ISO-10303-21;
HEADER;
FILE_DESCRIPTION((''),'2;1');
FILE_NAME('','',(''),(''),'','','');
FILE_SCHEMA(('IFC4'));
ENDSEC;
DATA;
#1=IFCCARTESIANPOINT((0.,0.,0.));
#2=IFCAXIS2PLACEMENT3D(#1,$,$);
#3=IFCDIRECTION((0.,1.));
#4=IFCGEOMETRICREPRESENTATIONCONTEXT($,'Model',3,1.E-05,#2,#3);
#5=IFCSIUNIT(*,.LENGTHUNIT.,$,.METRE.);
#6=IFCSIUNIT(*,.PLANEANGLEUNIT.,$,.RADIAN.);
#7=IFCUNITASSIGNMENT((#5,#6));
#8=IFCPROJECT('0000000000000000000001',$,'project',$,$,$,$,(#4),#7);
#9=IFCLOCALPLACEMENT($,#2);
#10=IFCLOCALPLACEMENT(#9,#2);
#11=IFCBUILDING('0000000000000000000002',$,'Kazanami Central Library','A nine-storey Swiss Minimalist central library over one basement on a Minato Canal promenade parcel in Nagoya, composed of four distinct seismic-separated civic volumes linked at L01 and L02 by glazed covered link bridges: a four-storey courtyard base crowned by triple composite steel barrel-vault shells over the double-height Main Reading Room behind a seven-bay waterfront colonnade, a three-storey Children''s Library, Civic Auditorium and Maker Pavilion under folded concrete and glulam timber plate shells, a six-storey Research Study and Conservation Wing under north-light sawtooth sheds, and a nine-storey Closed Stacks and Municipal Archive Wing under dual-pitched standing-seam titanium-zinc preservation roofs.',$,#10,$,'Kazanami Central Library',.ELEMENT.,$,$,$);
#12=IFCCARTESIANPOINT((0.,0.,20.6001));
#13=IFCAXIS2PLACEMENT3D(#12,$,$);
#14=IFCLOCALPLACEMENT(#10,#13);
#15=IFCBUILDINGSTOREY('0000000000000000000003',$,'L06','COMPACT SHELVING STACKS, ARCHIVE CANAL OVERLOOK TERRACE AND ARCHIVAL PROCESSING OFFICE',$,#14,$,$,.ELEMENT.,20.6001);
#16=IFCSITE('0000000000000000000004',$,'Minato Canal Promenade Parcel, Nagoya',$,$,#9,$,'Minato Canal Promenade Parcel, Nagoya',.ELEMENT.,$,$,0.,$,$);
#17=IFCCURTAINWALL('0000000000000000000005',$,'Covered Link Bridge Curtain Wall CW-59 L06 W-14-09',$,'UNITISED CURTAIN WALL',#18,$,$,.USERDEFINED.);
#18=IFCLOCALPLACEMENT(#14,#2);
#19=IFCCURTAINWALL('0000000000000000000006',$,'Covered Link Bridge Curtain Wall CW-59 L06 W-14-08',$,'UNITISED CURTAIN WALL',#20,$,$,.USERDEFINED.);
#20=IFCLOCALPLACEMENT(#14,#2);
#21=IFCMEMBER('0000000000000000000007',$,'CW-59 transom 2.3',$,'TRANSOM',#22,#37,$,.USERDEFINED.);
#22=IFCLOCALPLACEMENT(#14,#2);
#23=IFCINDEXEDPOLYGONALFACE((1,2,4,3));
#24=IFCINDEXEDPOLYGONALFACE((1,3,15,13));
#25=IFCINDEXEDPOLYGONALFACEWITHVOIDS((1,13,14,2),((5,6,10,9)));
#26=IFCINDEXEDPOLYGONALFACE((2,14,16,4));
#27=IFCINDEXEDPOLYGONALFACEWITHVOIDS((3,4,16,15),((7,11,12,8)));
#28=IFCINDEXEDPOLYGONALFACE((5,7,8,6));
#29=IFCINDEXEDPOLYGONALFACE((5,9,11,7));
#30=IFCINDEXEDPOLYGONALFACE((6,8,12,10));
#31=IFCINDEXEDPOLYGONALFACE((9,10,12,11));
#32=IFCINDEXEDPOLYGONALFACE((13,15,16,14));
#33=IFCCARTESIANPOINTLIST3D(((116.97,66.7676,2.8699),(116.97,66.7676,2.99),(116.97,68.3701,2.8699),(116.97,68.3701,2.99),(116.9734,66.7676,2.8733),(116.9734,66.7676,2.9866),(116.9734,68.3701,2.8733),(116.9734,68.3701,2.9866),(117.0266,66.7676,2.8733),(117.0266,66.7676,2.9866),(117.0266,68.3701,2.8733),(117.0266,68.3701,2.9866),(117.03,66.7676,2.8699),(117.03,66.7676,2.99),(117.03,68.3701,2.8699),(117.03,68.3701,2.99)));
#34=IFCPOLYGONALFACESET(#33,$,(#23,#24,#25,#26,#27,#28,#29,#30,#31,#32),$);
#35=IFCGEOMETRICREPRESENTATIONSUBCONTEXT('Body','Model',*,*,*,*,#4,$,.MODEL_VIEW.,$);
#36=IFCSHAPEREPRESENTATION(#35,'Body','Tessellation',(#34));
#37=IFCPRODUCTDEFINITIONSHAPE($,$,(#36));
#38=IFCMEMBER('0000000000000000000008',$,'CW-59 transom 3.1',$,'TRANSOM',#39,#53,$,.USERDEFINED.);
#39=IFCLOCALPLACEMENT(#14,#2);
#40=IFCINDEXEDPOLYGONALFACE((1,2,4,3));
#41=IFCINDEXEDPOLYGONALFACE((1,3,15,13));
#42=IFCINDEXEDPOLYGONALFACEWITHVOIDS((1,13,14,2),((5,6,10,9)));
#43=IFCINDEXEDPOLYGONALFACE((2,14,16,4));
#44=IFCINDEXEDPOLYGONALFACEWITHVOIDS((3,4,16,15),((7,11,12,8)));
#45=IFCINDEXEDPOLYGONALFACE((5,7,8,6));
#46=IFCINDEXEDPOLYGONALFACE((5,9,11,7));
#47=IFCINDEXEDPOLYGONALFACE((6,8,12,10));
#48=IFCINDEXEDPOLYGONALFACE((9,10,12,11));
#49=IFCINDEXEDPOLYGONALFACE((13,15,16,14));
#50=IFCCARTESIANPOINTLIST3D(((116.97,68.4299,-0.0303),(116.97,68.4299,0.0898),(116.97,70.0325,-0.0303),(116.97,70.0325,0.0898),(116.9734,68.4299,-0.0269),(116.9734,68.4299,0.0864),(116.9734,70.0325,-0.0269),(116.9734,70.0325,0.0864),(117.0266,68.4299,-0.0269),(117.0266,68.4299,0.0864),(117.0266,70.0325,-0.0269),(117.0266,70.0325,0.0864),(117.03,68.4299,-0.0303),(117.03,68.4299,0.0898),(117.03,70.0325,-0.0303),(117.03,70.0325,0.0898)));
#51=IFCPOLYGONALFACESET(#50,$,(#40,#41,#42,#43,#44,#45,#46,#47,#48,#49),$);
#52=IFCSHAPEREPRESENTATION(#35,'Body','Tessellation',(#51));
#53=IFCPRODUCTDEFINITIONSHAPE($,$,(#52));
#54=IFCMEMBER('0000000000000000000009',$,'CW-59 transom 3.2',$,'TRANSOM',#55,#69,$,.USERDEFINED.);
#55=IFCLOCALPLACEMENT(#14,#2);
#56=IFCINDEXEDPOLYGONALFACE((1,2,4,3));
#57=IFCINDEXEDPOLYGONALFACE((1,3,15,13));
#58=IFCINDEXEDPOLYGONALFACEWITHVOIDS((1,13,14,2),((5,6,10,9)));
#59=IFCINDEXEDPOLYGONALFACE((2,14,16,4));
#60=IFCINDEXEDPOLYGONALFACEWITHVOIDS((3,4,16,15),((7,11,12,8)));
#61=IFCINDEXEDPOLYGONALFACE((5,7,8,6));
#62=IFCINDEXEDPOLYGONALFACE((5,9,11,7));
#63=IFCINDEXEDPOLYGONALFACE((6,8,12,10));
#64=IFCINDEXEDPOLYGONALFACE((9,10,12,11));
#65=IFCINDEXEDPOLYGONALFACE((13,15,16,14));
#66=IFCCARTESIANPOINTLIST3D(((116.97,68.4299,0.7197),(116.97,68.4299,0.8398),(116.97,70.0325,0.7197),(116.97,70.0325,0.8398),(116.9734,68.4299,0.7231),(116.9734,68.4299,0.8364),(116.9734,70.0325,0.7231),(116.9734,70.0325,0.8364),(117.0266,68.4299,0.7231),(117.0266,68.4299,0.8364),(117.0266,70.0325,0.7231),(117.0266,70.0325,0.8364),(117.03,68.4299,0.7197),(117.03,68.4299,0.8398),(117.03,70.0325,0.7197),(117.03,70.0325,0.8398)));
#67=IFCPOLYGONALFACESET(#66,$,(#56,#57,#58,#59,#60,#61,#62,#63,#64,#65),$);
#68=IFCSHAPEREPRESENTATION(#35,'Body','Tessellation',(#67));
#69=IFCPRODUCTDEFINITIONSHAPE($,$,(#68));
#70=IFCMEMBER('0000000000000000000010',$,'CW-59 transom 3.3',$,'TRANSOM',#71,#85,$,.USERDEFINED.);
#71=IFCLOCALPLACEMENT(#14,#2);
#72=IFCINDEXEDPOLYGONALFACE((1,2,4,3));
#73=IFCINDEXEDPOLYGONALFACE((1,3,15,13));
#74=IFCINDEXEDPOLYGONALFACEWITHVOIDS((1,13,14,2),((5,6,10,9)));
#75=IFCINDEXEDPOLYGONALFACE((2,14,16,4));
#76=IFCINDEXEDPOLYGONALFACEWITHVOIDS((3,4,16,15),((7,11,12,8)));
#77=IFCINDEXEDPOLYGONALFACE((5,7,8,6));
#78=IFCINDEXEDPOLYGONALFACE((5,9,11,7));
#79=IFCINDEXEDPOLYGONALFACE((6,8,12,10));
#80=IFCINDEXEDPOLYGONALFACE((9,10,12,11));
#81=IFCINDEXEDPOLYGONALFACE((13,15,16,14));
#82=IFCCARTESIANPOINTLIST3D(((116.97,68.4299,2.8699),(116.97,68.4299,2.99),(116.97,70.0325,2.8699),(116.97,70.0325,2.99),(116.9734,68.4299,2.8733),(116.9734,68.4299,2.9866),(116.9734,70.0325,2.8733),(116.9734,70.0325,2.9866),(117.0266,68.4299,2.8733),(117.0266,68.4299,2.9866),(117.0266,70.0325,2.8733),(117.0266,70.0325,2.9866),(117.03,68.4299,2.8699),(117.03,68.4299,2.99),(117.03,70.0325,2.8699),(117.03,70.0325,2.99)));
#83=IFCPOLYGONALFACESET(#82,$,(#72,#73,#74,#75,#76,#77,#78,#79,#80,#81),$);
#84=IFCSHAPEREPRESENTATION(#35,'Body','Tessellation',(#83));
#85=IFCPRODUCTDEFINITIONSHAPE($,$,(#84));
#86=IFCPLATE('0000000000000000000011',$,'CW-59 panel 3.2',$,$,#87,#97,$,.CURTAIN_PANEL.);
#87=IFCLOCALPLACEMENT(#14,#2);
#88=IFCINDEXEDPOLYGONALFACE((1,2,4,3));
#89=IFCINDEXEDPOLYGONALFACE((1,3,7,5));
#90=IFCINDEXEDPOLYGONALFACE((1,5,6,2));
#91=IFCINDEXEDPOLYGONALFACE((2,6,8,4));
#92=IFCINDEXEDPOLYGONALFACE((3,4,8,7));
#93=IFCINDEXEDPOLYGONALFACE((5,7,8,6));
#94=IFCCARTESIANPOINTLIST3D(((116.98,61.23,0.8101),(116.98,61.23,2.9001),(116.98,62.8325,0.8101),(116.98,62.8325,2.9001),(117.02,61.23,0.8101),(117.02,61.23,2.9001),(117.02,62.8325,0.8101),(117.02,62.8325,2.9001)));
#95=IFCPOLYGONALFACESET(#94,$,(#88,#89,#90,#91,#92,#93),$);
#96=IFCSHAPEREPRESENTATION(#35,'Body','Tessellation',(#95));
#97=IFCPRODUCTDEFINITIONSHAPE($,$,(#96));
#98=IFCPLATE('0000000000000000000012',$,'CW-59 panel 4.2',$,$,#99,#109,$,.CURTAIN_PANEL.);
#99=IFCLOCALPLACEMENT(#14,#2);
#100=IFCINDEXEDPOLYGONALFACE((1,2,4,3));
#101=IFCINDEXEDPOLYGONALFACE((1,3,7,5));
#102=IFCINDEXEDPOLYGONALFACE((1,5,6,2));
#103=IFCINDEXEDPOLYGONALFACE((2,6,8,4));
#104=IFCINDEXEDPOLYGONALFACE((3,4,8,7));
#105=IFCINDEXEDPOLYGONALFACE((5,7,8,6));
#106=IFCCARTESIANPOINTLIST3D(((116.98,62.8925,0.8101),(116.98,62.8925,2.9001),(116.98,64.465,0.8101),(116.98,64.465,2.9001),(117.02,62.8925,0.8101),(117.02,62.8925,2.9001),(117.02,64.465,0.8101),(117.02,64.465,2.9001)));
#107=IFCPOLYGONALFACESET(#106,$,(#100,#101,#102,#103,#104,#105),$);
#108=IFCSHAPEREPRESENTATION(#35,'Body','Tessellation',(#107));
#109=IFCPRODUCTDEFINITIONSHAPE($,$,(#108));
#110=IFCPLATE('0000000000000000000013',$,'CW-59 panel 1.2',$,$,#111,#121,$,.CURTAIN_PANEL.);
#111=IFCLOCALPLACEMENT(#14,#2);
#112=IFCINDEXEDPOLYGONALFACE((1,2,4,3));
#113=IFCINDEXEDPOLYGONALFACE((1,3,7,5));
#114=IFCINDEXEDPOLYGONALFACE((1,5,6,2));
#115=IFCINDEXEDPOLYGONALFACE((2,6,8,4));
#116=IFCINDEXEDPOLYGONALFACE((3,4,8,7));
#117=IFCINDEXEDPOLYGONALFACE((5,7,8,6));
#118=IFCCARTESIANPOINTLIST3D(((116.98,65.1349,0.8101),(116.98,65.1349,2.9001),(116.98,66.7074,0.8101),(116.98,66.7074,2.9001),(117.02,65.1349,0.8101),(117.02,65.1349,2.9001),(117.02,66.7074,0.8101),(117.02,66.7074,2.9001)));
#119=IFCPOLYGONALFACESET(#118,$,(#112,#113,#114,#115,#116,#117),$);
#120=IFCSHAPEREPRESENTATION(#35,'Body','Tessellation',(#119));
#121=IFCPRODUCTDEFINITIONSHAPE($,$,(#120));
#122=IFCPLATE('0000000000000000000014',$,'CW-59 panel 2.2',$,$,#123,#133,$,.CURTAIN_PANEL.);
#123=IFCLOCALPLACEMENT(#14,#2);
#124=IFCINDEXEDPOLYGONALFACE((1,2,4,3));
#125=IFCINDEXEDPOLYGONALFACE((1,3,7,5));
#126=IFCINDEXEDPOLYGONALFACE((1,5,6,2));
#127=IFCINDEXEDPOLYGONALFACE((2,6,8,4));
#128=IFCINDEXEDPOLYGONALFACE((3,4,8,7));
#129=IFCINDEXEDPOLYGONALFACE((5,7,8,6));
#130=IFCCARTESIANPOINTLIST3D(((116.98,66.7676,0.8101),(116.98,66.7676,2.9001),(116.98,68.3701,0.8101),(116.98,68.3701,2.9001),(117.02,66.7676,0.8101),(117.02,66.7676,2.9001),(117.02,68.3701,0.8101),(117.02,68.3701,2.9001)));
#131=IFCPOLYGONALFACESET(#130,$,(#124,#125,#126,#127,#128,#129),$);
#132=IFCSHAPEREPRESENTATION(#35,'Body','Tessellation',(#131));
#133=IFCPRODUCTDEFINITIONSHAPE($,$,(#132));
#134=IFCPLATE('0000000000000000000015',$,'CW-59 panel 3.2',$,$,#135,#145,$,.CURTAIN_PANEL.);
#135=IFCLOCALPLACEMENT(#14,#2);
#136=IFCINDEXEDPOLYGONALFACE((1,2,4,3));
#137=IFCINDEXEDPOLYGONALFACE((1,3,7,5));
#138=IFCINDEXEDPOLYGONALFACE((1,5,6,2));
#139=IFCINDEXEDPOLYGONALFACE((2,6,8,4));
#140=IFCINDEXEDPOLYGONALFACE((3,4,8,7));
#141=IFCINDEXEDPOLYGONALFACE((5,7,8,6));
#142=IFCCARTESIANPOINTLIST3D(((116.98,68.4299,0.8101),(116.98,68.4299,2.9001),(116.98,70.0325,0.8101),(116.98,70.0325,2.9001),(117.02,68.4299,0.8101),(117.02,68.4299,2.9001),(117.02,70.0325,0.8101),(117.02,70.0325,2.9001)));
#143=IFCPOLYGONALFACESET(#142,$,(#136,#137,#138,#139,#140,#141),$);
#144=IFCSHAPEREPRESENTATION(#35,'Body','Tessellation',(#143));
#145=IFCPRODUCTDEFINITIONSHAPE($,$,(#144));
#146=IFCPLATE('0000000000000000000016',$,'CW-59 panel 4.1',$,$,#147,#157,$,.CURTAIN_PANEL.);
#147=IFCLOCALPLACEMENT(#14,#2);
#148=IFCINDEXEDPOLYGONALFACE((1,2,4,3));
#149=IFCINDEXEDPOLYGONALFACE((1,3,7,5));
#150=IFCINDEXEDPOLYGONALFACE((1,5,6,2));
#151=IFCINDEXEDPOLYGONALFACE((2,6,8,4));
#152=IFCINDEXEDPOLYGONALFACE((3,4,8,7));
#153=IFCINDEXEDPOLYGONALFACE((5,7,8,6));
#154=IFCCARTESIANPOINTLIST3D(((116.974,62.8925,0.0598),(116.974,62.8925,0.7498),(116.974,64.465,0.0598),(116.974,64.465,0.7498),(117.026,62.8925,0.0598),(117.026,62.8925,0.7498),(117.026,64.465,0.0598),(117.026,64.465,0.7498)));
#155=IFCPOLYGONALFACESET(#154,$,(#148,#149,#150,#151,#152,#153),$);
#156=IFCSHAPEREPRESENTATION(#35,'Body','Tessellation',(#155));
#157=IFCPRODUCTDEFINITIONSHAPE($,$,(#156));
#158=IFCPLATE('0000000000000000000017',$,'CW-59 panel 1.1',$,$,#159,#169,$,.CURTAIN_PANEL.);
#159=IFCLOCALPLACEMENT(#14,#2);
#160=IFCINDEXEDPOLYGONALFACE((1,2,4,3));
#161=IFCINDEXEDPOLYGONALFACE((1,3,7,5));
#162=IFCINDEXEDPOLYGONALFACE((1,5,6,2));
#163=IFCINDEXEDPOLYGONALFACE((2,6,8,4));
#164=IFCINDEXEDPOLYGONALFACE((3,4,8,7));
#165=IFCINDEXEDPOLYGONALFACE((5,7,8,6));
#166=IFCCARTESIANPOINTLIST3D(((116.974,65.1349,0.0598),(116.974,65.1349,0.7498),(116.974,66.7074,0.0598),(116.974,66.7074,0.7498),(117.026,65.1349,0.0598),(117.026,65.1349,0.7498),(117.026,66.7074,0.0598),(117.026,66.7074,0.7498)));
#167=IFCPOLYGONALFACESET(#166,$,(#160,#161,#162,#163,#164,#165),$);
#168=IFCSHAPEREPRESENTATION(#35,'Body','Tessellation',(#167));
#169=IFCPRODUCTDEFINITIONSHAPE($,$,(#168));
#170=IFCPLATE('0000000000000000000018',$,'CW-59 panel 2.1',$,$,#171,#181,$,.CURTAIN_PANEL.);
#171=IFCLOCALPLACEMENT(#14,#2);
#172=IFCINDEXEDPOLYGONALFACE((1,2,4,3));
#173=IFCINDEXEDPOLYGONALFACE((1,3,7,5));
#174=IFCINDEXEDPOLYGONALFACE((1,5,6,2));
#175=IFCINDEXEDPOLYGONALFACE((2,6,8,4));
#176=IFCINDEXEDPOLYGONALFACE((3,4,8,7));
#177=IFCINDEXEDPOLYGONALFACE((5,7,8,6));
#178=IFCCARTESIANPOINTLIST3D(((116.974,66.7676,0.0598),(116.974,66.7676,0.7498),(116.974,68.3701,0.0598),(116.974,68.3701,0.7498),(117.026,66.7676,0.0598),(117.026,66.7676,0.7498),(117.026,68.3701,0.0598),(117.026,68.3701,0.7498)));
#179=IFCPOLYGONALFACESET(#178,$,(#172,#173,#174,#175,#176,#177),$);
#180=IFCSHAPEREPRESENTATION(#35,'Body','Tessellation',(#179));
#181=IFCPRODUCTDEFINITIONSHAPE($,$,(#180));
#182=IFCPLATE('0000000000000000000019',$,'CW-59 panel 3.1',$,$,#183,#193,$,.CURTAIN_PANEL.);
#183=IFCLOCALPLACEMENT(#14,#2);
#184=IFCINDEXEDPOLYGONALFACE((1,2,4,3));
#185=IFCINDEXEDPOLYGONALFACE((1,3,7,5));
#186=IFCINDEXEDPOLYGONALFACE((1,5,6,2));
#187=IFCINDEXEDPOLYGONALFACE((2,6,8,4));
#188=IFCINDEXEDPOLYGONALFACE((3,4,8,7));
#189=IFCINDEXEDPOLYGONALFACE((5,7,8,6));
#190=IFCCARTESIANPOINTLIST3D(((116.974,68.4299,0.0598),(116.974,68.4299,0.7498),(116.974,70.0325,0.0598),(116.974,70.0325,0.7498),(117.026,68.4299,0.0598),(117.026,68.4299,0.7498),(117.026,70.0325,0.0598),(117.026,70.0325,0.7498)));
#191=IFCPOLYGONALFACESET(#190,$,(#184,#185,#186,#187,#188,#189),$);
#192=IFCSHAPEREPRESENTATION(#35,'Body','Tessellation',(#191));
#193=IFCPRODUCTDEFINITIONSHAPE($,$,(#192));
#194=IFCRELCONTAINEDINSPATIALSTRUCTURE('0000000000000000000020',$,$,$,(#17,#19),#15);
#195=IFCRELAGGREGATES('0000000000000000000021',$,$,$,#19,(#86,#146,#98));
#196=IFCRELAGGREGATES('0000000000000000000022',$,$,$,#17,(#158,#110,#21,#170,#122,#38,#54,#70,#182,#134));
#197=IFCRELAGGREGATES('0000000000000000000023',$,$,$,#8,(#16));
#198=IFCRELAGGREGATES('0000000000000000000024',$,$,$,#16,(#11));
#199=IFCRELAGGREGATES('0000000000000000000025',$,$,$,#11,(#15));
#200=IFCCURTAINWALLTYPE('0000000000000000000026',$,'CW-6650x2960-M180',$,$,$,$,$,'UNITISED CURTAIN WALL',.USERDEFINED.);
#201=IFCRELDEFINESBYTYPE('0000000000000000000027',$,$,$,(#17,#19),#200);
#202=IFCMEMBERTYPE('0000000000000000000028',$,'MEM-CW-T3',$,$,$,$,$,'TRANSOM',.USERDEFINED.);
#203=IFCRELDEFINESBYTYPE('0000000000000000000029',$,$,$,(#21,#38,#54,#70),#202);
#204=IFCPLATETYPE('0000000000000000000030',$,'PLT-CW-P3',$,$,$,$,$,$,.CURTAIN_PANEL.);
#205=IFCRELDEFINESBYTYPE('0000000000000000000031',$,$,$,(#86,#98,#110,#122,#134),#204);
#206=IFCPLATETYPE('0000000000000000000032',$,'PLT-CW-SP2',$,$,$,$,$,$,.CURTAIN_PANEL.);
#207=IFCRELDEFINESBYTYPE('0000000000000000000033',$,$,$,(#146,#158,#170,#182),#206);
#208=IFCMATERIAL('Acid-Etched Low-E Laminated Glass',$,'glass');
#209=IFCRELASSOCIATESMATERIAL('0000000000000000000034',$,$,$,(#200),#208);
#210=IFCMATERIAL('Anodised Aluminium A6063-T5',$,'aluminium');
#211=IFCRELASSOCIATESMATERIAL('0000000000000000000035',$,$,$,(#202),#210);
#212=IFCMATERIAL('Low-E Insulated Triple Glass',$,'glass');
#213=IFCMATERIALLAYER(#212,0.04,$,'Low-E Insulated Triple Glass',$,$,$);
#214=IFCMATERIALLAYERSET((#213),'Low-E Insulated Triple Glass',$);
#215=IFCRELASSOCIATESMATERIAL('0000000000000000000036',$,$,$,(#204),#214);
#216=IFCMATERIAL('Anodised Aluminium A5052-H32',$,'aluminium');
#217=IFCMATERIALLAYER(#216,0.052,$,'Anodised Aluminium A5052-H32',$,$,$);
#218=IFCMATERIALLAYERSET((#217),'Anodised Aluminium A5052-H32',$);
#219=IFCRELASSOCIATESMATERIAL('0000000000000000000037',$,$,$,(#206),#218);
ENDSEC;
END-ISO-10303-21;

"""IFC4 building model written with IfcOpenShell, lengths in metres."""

from ifc_helpers import new_model, si_unit, direction, frame, origin, origin_2d, place, context, subcontext, project, spatial, rectangle, hollow_rectangle, extrude, material, layer, layer_set, material_profile, profile_set, type_object, element, aggregate, save


model = new_model("IFC4")

# Units and contexts
model_context = context("Model", 3, precision=1e-05, world=origin(), true_north=direction((0.0, 1.0)))
body_context = subcontext(model_context, "Body", "Model", "MODEL_VIEW")
ifc_project = project(units=[si_unit("LENGTHUNIT", "METRE"), si_unit("PLANEANGLEUNIT", "RADIAN")], contexts=[model_context])

# Site, building, storey
site_placement = place(None, origin())
site = spatial("IfcSite", under=ifc_project, at=site_placement, Name="Minato Canal Promenade Parcel, Nagoya", LongName="Minato Canal Promenade Parcel, Nagoya", CompositionType="ELEMENT", RefElevation=0.0)
building_placement = place(site_placement, origin())
building = spatial("IfcBuilding", under=site, at=building_placement, Name="Kazanami Central Library", Description="A nine-storey Swiss Minimalist central library over one basement on a Minato Canal promenade parcel in Nagoya, composed of four distinct seismic-separated civic volumes linked at L01 and L02 by glazed covered link bridges: a four-storey courtyard base crowned by triple composite steel barrel-vault shells over the double-height Main Reading Room behind a seven-bay waterfront colonnade, a three-storey Children's Library, Civic Auditorium and Maker Pavilion under folded concrete and glulam timber plate shells, a six-storey Research Study and Conservation Wing under north-light sawtooth sheds, and a nine-storey Closed Stacks and Municipal Archive Wing under dual-pitched standing-seam titanium-zinc preservation roofs.", LongName="Kazanami Central Library", CompositionType="ELEMENT")
storey_placement = place(building_placement, frame((0.0, 0.0, 20.6001)))
storey = spatial("IfcBuildingStorey", under=building, at=storey_placement, Name="L06", Description="COMPACT SHELVING STACKS, ARCHIVE CANAL OVERLOOK TERRACE AND ARCHIVAL PROCESSING OFFICE", CompositionType="ELEMENT", Elevation=20.6001)

# Curtain walls
ifc_material_1 = material(Name="Acid-Etched Low-E Laminated Glass", Category="glass")
curtain_wall_type = type_object("IfcCurtainWallType", Name="CW-6650x2960-M180", ElementType="UNITISED CURTAIN WALL", PredefinedType="USERDEFINED", material=ifc_material_1)
curtain_wall_1_placement = place(storey_placement, origin())
curtain_wall_1 = element("IfcCurtainWall", 1, at=curtain_wall_1_placement, inside=storey, type_object=curtain_wall_type, Name="Covered Link Bridge Curtain Wall CW-59 L06 W-14-09", ObjectType="UNITISED CURTAIN WALL", PredefinedType="USERDEFINED")
ifc_material_2 = material(Name="Anodised Aluminium A6063-T5", Category="aluminium")
curtain_wall_2_placement = place(storey_placement, origin())
curtain_wall_2 = element("IfcCurtainWall", 2, at=curtain_wall_2_placement, inside=storey, type_object=curtain_wall_type, Name="Covered Link Bridge Curtain Wall CW-59 L06 W-14-08", ObjectType="UNITISED CURTAIN WALL", PredefinedType="USERDEFINED")
ifc_material_profile_1 = material_profile(ifc_material_2, hollow_rectangle(XDim=0.0601, YDim=0.1201, WallThickness=0.0034, at=origin_2d()), Name="ALU-TRAN-60x120x3.5")
ifc_profile_set_1 = profile_set([ifc_material_profile_1], Name="Anodised Aluminium A6063-T5")
member_type_1 = type_object("IfcMemberType", Name="MEM-CW-T3", ElementType="TRANSOM", PredefinedType="USERDEFINED", material=ifc_profile_set_1)

# Members
member_1_placement = place(storey_placement, frame((117.0, 66.7676, 2.9299), z_axis=(0.0, 1.0, 0.0), x_axis=(-1.0, 0.0, 0.0)))
member_1 = element("IfcMember", 3, at=member_1_placement, type_object=member_type_1, Name="CW-59 transom 2.3", ObjectType="TRANSOM", PredefinedType="USERDEFINED", context=body_context, shape_type="SweptSolid", body=[
    extrude(hollow_rectangle(XDim=0.0601, YDim=0.1201, WallThickness=0.0034, at=origin_2d()), origin(), (0.0, 0.0, 1.0), 1.6025),
])
member_2_placement = place(storey_placement, frame((117.0, 68.4299, 0.0298), z_axis=(0.0, 1.0, 0.0), x_axis=(-1.0, 0.0, 0.0)))
member_2 = element("IfcMember", 4, at=member_2_placement, type_object=member_type_1, Name="CW-59 transom 3.1", ObjectType="TRANSOM", PredefinedType="USERDEFINED", context=body_context, shape_type="SweptSolid", body=[
    extrude(hollow_rectangle(XDim=0.0601, YDim=0.1201, WallThickness=0.0034, at=origin_2d()), origin(), (0.0, 0.0, 1.0), 1.6025),
])
member_3_placement = place(storey_placement, frame((117.0, 68.4299, 0.7798), z_axis=(0.0, 1.0, 0.0), x_axis=(-1.0, 0.0, 0.0)))
member_3 = element("IfcMember", 5, at=member_3_placement, type_object=member_type_1, Name="CW-59 transom 3.2", ObjectType="TRANSOM", PredefinedType="USERDEFINED", context=body_context, shape_type="SweptSolid", body=[
    extrude(hollow_rectangle(XDim=0.0601, YDim=0.1201, WallThickness=0.0034, at=origin_2d()), origin(), (0.0, 0.0, 1.0), 1.6025),
])
member_4_placement = place(storey_placement, frame((117.0, 68.4299, 2.9299), z_axis=(0.0, 1.0, 0.0), x_axis=(-1.0, 0.0, 0.0)))
member_4 = element("IfcMember", 6, at=member_4_placement, type_object=member_type_1, Name="CW-59 transom 3.3", ObjectType="TRANSOM", PredefinedType="USERDEFINED", context=body_context, shape_type="SweptSolid", body=[
    extrude(hollow_rectangle(XDim=0.0601, YDim=0.1201, WallThickness=0.0034, at=origin_2d()), origin(), (0.0, 0.0, 1.0), 1.6025),
])

# Plates
ifc_material_3 = material(Name="Low-E Insulated Triple Glass", Category="glass")
ifc_layer_1 = layer(ifc_material_3, 0.04, Name="Low-E Insulated Triple Glass")
ifc_layer_set_1 = layer_set([ifc_layer_1], Name="Low-E Insulated Triple Glass")
plate_type_1 = type_object("IfcPlateType", Name="PLT-CW-P3", PredefinedType="CURTAIN_PANEL", material=ifc_layer_set_1)
plate_1_placement = place(storey_placement, frame((117.0, 62.0312, 0.8101), z_axis=(0.0, 0.0, 1.0), x_axis=(0.0, 1.0, 0.0)))
plate_1 = element("IfcPlate", 7, at=plate_1_placement, type_object=plate_type_1, Name="CW-59 panel 3.2", PredefinedType="CURTAIN_PANEL", context=body_context, shape_type="SweptSolid", body=[
    extrude(rectangle(XDim=1.6025, YDim=0.04, at=origin_2d()), origin(), (0.0, 0.0, 1.0), 2.0901),
])
plate_2_placement = place(storey_placement, frame((117.0, 63.6787, 0.8101), z_axis=(0.0, 0.0, 1.0), x_axis=(0.0, 1.0, 0.0)))
plate_2 = element("IfcPlate", 8, at=plate_2_placement, type_object=plate_type_1, Name="CW-59 panel 4.2", PredefinedType="CURTAIN_PANEL", context=body_context, shape_type="SweptSolid", body=[
    extrude(rectangle(XDim=1.5725, YDim=0.04, at=origin_2d()), origin(), (0.0, 0.0, 1.0), 2.0901),
])
plate_3_placement = place(storey_placement, frame((117.0, 65.9211, 0.8101), z_axis=(0.0, 0.0, 1.0), x_axis=(0.0, 1.0, 0.0)))
plate_3 = element("IfcPlate", 9, at=plate_3_placement, type_object=plate_type_1, Name="CW-59 panel 1.2", PredefinedType="CURTAIN_PANEL", context=body_context, shape_type="SweptSolid", body=[
    extrude(rectangle(XDim=1.5725, YDim=0.04, at=origin_2d()), origin(), (0.0, 0.0, 1.0), 2.0901),
])
plate_4_placement = place(storey_placement, frame((117.0, 67.5688, 0.8101), z_axis=(0.0, 0.0, 1.0), x_axis=(0.0, 1.0, 0.0)))
plate_4 = element("IfcPlate", 10, at=plate_4_placement, type_object=plate_type_1, Name="CW-59 panel 2.2", PredefinedType="CURTAIN_PANEL", context=body_context, shape_type="SweptSolid", body=[
    extrude(rectangle(XDim=1.6025, YDim=0.04, at=origin_2d()), origin(), (0.0, 0.0, 1.0), 2.0901),
])
plate_5_placement = place(storey_placement, frame((117.0, 69.2312, 0.8101), z_axis=(0.0, 0.0, 1.0), x_axis=(0.0, 1.0, 0.0)))
plate_5 = element("IfcPlate", 11, at=plate_5_placement, type_object=plate_type_1, Name="CW-59 panel 3.2", PredefinedType="CURTAIN_PANEL", context=body_context, shape_type="SweptSolid", body=[
    extrude(rectangle(XDim=1.6025, YDim=0.04, at=origin_2d()), origin(), (0.0, 0.0, 1.0), 2.0901),
])
ifc_material_4 = material(Name="Anodised Aluminium A5052-H32", Category="aluminium")
ifc_layer_2 = layer(ifc_material_4, 0.052, Name="Anodised Aluminium A5052-H32")
ifc_layer_set_2 = layer_set([ifc_layer_2], Name="Anodised Aluminium A5052-H32")
plate_type_2 = type_object("IfcPlateType", Name="PLT-CW-SP2", PredefinedType="CURTAIN_PANEL", material=ifc_layer_set_2)
plate_6_placement = place(storey_placement, frame((117.0, 63.6787, 0.0598), z_axis=(0.0, 0.0, 1.0), x_axis=(0.0, 1.0, 0.0)))
plate_6 = element("IfcPlate", 12, at=plate_6_placement, type_object=plate_type_2, Name="CW-59 panel 4.1", PredefinedType="CURTAIN_PANEL", context=body_context, shape_type="SweptSolid", body=[
    extrude(rectangle(XDim=1.5725, YDim=0.052, at=origin_2d()), origin(), (0.0, 0.0, 1.0), 0.6899),
])
aggregate(curtain_wall_2, [plate_1, plate_6, plate_2])
plate_7_placement = place(storey_placement, frame((117.0, 65.9211, 0.0598), z_axis=(0.0, 0.0, 1.0), x_axis=(0.0, 1.0, 0.0)))
plate_7 = element("IfcPlate", 13, at=plate_7_placement, type_object=plate_type_2, Name="CW-59 panel 1.1", PredefinedType="CURTAIN_PANEL", context=body_context, shape_type="SweptSolid", body=[
    extrude(rectangle(XDim=1.5725, YDim=0.052, at=origin_2d()), origin(), (0.0, 0.0, 1.0), 0.6899),
])
plate_8_placement = place(storey_placement, frame((117.0, 67.5688, 0.0598), z_axis=(0.0, 0.0, 1.0), x_axis=(0.0, 1.0, 0.0)))
plate_8 = element("IfcPlate", 14, at=plate_8_placement, type_object=plate_type_2, Name="CW-59 panel 2.1", PredefinedType="CURTAIN_PANEL", context=body_context, shape_type="SweptSolid", body=[
    extrude(rectangle(XDim=1.6025, YDim=0.052, at=origin_2d()), origin(), (0.0, 0.0, 1.0), 0.6899),
])
plate_9_placement = place(storey_placement, frame((117.0, 69.2312, 0.0598), z_axis=(0.0, 0.0, 1.0), x_axis=(0.0, 1.0, 0.0)))
plate_9 = element("IfcPlate", 15, at=plate_9_placement, type_object=plate_type_2, Name="CW-59 panel 3.1", PredefinedType="CURTAIN_PANEL", context=body_context, shape_type="SweptSolid", body=[
    extrude(rectangle(XDim=1.6025, YDim=0.052, at=origin_2d()), origin(), (0.0, 0.0, 1.0), 0.6899),
])
aggregate(curtain_wall_1, [plate_7, plate_3, member_1, plate_8, plate_4, member_2, member_3, member_4, plate_9, plate_5])

save(model, "model.ifc")
